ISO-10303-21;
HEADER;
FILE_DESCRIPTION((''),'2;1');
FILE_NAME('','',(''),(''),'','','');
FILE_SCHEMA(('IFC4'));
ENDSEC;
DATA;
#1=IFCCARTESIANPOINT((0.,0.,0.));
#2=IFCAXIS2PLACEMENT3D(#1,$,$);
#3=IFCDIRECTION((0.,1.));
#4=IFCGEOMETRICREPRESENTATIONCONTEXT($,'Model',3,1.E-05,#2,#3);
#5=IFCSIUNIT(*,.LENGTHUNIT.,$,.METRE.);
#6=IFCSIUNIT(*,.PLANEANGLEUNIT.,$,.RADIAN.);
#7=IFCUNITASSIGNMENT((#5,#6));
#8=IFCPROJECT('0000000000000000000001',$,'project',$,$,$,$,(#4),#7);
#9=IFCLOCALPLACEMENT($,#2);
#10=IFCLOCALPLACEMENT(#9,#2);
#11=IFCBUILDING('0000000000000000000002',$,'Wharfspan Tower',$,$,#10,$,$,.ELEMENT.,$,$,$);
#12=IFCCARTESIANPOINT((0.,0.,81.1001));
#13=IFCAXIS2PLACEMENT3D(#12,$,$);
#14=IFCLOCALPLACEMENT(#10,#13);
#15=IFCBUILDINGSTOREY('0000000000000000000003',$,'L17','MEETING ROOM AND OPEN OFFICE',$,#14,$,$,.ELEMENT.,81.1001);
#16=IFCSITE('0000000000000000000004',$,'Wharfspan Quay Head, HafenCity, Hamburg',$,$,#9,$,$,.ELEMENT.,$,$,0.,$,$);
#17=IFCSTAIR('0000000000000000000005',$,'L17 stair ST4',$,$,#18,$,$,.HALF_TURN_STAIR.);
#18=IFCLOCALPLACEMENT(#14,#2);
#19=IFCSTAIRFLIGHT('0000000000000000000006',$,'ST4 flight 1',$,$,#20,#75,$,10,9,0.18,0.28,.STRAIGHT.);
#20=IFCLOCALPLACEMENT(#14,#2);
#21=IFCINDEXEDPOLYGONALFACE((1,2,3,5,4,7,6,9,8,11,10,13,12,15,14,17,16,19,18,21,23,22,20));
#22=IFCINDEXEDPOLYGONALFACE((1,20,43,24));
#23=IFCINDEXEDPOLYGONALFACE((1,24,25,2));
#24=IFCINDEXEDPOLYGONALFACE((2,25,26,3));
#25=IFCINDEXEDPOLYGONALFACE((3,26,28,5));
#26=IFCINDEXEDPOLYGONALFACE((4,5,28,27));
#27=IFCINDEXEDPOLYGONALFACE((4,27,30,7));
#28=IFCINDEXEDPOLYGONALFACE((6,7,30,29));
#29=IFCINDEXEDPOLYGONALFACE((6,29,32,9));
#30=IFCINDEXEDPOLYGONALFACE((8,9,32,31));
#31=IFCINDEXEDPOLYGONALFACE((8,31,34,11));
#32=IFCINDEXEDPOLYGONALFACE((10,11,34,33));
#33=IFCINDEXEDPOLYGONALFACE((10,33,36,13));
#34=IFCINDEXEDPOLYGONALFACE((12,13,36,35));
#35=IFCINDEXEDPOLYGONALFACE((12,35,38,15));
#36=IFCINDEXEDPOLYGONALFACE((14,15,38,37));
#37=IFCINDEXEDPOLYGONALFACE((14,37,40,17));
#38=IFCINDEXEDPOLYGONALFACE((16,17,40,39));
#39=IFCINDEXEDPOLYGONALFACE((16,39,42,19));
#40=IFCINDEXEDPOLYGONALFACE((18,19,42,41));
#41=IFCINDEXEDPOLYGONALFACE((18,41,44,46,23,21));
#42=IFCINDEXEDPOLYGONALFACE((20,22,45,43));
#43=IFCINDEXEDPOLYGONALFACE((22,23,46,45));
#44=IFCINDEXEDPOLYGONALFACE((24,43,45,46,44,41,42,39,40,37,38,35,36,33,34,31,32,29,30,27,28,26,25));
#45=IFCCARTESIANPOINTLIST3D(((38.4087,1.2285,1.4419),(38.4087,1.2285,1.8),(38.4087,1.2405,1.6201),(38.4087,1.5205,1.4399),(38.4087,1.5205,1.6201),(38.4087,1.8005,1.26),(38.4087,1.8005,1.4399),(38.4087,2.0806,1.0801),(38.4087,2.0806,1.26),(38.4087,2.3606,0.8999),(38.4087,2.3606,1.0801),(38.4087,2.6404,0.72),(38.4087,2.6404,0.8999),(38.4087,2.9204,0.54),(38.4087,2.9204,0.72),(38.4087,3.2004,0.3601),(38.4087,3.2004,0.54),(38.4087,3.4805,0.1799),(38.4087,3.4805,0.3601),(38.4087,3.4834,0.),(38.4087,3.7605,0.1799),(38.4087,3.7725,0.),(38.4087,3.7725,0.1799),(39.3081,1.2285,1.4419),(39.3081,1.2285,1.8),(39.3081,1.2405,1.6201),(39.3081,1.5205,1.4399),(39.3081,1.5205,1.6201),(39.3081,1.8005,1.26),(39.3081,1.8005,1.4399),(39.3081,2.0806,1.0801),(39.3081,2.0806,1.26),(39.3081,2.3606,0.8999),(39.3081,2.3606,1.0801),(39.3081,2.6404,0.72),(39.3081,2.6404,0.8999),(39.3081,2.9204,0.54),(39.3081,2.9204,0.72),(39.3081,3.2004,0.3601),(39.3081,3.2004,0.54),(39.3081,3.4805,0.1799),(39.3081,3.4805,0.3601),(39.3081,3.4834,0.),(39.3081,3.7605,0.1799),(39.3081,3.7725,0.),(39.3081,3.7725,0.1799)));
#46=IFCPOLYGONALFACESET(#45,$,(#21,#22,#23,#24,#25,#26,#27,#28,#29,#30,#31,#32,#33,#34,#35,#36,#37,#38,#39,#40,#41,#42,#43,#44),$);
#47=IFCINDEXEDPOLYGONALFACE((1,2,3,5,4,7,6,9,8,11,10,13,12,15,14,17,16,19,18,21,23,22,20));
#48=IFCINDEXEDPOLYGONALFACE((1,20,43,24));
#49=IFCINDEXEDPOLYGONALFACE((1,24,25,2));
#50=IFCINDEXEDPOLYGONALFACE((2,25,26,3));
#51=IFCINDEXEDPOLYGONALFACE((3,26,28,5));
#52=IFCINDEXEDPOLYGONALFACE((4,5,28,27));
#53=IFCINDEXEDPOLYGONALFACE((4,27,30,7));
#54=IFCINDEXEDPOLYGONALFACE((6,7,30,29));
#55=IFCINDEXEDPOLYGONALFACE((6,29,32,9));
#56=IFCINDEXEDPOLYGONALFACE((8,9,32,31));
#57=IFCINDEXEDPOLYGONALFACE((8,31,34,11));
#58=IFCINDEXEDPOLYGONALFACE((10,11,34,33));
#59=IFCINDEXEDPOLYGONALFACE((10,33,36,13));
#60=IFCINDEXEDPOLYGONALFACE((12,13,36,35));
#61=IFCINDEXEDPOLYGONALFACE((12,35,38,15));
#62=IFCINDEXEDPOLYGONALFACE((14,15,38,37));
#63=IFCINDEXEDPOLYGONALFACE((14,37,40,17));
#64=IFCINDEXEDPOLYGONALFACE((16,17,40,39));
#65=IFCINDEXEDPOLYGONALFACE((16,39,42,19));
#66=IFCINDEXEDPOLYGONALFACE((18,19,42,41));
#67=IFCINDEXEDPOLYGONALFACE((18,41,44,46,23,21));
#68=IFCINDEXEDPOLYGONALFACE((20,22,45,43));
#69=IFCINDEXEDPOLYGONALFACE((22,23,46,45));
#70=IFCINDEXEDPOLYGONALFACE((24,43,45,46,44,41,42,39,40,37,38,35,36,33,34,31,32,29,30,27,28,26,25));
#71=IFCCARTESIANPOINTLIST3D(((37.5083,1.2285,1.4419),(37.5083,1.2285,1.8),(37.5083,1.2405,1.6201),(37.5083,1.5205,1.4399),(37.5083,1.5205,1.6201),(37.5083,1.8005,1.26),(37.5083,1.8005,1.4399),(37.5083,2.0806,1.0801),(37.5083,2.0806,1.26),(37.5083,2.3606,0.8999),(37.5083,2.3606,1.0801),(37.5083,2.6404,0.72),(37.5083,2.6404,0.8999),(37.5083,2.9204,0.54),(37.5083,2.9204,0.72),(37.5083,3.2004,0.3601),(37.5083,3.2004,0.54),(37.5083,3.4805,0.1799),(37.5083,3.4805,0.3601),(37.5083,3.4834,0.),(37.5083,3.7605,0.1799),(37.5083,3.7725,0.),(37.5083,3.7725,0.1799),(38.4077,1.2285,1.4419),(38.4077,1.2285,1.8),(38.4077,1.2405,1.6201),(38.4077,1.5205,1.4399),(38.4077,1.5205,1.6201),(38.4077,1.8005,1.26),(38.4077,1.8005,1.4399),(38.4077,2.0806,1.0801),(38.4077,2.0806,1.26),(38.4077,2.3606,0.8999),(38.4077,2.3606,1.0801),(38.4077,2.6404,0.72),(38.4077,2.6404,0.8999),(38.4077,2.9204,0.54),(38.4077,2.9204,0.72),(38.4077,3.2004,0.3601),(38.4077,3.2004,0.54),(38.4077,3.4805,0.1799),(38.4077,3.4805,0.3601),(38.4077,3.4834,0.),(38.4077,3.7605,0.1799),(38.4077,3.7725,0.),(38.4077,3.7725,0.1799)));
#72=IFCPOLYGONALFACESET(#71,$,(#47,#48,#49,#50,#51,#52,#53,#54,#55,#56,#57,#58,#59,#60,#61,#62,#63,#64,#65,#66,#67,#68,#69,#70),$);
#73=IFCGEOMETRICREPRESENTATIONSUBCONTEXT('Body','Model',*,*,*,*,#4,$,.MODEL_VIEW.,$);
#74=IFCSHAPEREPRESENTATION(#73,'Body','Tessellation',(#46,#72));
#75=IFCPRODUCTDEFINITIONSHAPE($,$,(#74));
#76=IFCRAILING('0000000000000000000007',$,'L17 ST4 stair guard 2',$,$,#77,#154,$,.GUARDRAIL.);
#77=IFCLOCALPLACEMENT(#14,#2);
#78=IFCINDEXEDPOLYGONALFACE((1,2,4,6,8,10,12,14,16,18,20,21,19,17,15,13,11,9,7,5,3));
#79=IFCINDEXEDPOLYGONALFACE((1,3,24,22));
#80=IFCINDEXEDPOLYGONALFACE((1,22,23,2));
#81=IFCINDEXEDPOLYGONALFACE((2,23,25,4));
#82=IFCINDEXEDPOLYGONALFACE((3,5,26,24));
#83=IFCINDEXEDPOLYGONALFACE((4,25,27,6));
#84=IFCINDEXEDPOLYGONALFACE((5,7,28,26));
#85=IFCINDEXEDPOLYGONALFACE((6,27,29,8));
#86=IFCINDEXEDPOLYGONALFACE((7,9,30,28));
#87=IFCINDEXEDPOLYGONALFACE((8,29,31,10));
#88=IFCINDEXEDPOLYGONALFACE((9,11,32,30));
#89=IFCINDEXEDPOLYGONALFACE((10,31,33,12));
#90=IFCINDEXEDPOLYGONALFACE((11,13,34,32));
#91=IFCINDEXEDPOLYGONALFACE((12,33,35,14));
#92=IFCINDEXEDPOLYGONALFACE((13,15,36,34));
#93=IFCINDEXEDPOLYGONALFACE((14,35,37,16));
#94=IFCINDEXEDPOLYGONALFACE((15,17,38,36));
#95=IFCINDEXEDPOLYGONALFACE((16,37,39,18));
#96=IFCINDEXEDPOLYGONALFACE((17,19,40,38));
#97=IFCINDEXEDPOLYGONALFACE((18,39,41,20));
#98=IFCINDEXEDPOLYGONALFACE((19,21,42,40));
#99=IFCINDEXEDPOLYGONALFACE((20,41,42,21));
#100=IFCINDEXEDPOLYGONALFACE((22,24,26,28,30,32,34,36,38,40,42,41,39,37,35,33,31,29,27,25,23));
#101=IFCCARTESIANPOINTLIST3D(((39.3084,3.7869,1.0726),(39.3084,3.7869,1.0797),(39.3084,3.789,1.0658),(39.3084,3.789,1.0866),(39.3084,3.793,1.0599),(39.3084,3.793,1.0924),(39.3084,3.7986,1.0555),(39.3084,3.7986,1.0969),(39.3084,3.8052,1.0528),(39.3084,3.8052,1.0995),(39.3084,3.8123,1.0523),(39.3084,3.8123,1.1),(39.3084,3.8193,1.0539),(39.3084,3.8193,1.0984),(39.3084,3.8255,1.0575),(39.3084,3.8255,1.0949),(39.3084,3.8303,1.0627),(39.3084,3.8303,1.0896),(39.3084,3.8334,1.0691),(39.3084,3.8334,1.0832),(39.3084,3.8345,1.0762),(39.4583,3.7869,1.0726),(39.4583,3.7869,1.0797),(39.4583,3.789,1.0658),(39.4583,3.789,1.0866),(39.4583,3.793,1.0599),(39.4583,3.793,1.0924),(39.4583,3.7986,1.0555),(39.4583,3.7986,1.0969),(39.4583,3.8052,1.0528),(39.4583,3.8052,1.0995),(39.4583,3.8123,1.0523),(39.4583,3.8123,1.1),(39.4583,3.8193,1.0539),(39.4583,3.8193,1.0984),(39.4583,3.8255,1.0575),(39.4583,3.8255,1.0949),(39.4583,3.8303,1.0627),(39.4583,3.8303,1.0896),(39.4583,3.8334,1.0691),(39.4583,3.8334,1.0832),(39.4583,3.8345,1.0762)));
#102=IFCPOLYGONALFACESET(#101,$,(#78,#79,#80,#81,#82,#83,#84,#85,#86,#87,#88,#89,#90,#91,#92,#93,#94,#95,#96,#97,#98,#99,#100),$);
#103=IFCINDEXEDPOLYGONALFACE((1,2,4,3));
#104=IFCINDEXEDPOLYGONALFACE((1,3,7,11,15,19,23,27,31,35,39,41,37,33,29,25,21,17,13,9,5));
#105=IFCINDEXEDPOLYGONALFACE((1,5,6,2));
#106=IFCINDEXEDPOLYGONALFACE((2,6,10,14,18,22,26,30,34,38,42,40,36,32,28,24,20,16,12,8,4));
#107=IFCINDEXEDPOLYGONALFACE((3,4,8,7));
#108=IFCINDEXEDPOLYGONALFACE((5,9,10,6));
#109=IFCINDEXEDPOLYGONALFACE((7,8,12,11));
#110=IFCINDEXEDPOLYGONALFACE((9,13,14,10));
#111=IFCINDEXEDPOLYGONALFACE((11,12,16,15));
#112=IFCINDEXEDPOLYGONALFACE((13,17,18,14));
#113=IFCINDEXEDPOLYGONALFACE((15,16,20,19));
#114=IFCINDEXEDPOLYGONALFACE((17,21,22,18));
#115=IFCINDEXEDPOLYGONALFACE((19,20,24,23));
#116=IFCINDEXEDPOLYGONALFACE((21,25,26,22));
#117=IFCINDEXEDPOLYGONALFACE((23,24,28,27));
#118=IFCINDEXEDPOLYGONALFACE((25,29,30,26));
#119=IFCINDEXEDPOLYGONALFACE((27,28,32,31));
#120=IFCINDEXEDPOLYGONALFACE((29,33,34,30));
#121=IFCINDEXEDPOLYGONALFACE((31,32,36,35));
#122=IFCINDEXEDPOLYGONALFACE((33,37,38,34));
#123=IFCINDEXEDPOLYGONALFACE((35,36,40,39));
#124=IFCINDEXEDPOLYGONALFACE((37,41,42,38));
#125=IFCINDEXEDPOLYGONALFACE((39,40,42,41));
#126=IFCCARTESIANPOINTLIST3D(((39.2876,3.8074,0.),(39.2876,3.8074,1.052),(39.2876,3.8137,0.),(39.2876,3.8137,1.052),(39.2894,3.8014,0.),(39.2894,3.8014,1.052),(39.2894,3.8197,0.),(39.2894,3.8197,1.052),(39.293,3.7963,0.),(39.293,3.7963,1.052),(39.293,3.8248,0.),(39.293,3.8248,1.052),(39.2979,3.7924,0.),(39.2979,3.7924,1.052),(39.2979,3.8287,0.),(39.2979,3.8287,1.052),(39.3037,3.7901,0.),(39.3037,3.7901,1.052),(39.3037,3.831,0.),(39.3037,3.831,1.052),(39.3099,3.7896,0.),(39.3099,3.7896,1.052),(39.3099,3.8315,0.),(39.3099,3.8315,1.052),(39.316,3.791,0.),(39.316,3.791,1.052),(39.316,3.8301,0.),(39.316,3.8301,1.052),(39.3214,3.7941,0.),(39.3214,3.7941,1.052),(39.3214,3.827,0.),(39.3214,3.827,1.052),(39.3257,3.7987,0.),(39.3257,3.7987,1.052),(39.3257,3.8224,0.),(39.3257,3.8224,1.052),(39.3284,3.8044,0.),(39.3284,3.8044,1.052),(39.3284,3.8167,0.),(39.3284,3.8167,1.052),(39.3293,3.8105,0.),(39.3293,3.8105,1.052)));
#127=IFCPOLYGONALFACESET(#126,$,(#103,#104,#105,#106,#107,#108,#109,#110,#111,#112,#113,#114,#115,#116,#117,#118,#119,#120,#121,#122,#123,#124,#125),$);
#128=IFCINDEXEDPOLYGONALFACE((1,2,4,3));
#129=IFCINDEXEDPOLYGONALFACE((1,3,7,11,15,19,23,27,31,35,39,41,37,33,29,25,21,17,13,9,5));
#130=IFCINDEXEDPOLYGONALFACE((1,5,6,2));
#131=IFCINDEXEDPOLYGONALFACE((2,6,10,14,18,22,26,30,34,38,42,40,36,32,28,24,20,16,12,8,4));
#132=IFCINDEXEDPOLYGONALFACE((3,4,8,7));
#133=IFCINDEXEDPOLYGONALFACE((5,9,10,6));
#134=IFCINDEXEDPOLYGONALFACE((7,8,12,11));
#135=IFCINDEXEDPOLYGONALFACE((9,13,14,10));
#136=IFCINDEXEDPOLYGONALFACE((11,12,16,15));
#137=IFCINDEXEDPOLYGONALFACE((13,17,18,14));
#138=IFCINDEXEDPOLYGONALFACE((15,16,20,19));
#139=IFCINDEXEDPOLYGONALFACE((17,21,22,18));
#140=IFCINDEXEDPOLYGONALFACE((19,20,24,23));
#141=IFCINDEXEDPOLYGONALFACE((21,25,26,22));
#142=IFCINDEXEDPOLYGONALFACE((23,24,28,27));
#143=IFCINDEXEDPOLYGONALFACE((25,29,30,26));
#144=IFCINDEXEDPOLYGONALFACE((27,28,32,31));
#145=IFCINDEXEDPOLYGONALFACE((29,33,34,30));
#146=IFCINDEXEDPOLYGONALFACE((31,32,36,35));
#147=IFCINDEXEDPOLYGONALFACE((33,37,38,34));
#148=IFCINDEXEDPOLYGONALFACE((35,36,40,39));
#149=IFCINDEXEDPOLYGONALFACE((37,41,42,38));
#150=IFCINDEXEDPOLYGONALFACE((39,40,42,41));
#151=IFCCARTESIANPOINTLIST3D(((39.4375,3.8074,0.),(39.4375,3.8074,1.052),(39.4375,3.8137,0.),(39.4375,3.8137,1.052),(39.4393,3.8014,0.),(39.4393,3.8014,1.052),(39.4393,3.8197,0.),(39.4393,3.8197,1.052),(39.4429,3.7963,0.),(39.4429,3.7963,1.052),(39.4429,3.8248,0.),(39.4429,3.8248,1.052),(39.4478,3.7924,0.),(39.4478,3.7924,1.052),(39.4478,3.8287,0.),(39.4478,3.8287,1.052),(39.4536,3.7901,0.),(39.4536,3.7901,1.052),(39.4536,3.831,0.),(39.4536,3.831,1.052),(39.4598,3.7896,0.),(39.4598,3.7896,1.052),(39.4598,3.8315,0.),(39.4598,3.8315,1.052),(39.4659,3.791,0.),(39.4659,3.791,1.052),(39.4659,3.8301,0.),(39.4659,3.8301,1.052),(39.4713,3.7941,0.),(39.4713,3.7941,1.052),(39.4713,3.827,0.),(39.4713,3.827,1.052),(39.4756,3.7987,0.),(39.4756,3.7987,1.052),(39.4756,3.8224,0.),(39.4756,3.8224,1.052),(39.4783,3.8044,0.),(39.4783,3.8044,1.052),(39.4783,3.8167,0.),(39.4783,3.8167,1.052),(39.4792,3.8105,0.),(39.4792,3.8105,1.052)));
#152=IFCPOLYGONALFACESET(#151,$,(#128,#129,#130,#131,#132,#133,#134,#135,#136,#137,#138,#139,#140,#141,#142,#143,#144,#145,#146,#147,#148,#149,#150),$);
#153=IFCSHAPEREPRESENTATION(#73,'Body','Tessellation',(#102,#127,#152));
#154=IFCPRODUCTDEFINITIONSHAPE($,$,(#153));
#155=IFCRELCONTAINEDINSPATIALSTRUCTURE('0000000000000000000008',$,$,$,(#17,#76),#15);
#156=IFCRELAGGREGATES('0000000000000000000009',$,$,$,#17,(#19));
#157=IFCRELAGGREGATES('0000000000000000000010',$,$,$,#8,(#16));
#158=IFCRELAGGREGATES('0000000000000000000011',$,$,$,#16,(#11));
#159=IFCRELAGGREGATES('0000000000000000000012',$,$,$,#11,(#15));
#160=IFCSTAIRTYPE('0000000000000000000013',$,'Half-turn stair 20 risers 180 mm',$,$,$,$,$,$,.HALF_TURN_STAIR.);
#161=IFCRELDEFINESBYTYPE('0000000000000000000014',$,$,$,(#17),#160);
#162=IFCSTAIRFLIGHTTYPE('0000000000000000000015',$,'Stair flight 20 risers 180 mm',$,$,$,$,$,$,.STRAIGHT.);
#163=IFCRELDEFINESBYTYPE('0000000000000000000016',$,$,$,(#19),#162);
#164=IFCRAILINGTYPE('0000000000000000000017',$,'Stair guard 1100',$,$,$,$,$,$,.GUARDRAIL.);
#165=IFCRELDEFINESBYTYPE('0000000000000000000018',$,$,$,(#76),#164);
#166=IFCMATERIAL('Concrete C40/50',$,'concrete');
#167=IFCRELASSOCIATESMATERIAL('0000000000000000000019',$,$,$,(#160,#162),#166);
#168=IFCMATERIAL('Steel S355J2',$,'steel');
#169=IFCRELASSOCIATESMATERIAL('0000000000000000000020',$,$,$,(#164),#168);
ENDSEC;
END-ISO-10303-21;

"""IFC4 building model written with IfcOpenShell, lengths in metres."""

from ifc_helpers import new_model, si_unit, direction, frame, origin, origin_2d, place, context, subcontext, project, spatial, polyline, circle, outline, extrude, material, type_object, element, aggregate, save


model = new_model("IFC4")

# Units and contexts
model_context = context("Model", 3, precision=1e-05, world=origin(), true_north=direction((0.0, 1.0)))
body_context = subcontext(model_context, "Body", "Model", "MODEL_VIEW")
ifc_project = project(units=[si_unit("LENGTHUNIT", "METRE"), si_unit("PLANEANGLEUNIT", "RADIAN")], contexts=[model_context])

# Site, building, storey
site_placement = place(None, origin())
site = spatial("IfcSite", under=ifc_project, at=site_placement, Name="Wharfspan Quay Head, HafenCity, Hamburg", CompositionType="ELEMENT", RefElevation=0.0)
building_placement = place(site_placement, origin())
building = spatial("IfcBuilding", under=site, at=building_placement, Name="Wharfspan Tower", CompositionType="ELEMENT")
storey_placement = place(building_placement, frame((0.0, 0.0, 81.1001)))
storey = spatial("IfcBuildingStorey", under=building, at=storey_placement, Name="L17", Description="MEETING ROOM AND OPEN OFFICE", CompositionType="ELEMENT", Elevation=81.1001)

# Stair, stair flight
ifc_material_1 = material(Name="Concrete C40/50", Category="concrete")
stair_type = type_object("IfcStairType", Name="Half-turn stair 20 risers 180 mm", PredefinedType="HALF_TURN_STAIR", material=ifc_material_1)
stair_placement = place(storey_placement, origin())
stair = element("IfcStair", 1, at=stair_placement, inside=storey, type_object=stair_type, Name="L17 stair ST4", PredefinedType="HALF_TURN_STAIR")
stair_flight_type = type_object("IfcStairFlightType", Name="Stair flight 20 risers 180 mm", PredefinedType="STRAIGHT", material=ifc_material_1)
stair_flight_placement = place(storey_placement, frame((38.4082, 3.7605, 0.0), z_axis=(0.0, 0.0, 1.0), x_axis=(0.0, -1.0, 0.0)))
stair_flight = element("IfcStairFlight", 2, at=stair_flight_placement, type_object=stair_flight_type, Name="ST4 flight 1", NumberOfRisers=10, NumberOfTreads=9, PredefinedType="STRAIGHT", RiserHeight=0.18, TreadLength=0.28, context=body_context, shape_type="SweptSolid", body=[
    extrude(outline(polyline([(-0.012, 0.0), (-0.012, 0.1799), (0.0, 0.1799), (0.28, 0.1799), (0.28, 0.3601), (0.5601, 0.3601), (0.5601, 0.54), (0.8401, 0.54), (0.8401, 0.72), (1.1201, 0.72), (1.1201, 0.8999), (1.3999, 0.8999), (1.3999, 1.0801), (1.6799, 1.0801), (1.6799, 1.26), (1.96, 1.26), (1.96, 1.4399), (2.24, 1.4399), (2.24, 1.6201), (2.52, 1.6201), (2.532, 1.8), (2.532, 1.4419), (0.2771, 0.0), (-0.012, 0.0)])), frame((0.0, 0.8999, 0.0), z_axis=(0.0, -1.0, 0.0), x_axis=(1.0, 0.0, 0.0)), (0.0, 0.0, 1.0), 0.8994),
    extrude(outline(polyline([(-0.012, 0.0), (-0.012, 0.1799), (0.0, 0.1799), (0.28, 0.1799), (0.28, 0.3601), (0.5601, 0.3601), (0.5601, 0.54), (0.8401, 0.54), (0.8401, 0.72), (1.1201, 0.72), (1.1201, 0.8999), (1.3999, 0.8999), (1.3999, 1.0801), (1.6799, 1.0801), (1.6799, 1.26), (1.96, 1.26), (1.96, 1.4399), (2.24, 1.4399), (2.24, 1.6201), (2.52, 1.6201), (2.532, 1.8), (2.532, 1.4419), (0.2771, 0.0), (-0.012, 0.0)])), frame((0.0, -0.0005, 0.0), z_axis=(0.0, -1.0, 0.0), x_axis=(1.0, 0.0, 0.0)), (0.0, 0.0, 1.0), 0.8994),
])
aggregate(stair, [stair_flight])

# Railing
ifc_material_2 = material(Name="Steel S355J2", Category="steel")
railing_type_1 = type_object("IfcRailingType", Name="Stair guard 1100", PredefinedType="GUARDRAIL", material=ifc_material_2)
railing_1_placement = place(storey_placement, frame((39.3083, 3.8105, 0.0)))
element("IfcRailing", 3, at=railing_1_placement, inside=storey, type_object=railing_type_1, Name="L17 ST4 stair guard 2", PredefinedType="GUARDRAIL", context=body_context, shape_type="SweptSolid", body=[
    extrude(circle(Radius=0.0239, at=origin_2d()), frame((0.0, 0.0, 1.0762), z_axis=(1.0, 0.0, 0.0), x_axis=(0.0, 1.0, 0.0)), (0.0, 0.0, 1.0), 0.1499),
    extrude(circle(Radius=0.021, at=origin_2d()), origin(), (0.0, 0.0, 1.0), 1.052),
    extrude(circle(Radius=0.021, at=origin_2d()), frame((0.1499, 0.0, 0.0)), (0.0, 0.0, 1.0), 1.052),
])

save(model, "model.ifc")
